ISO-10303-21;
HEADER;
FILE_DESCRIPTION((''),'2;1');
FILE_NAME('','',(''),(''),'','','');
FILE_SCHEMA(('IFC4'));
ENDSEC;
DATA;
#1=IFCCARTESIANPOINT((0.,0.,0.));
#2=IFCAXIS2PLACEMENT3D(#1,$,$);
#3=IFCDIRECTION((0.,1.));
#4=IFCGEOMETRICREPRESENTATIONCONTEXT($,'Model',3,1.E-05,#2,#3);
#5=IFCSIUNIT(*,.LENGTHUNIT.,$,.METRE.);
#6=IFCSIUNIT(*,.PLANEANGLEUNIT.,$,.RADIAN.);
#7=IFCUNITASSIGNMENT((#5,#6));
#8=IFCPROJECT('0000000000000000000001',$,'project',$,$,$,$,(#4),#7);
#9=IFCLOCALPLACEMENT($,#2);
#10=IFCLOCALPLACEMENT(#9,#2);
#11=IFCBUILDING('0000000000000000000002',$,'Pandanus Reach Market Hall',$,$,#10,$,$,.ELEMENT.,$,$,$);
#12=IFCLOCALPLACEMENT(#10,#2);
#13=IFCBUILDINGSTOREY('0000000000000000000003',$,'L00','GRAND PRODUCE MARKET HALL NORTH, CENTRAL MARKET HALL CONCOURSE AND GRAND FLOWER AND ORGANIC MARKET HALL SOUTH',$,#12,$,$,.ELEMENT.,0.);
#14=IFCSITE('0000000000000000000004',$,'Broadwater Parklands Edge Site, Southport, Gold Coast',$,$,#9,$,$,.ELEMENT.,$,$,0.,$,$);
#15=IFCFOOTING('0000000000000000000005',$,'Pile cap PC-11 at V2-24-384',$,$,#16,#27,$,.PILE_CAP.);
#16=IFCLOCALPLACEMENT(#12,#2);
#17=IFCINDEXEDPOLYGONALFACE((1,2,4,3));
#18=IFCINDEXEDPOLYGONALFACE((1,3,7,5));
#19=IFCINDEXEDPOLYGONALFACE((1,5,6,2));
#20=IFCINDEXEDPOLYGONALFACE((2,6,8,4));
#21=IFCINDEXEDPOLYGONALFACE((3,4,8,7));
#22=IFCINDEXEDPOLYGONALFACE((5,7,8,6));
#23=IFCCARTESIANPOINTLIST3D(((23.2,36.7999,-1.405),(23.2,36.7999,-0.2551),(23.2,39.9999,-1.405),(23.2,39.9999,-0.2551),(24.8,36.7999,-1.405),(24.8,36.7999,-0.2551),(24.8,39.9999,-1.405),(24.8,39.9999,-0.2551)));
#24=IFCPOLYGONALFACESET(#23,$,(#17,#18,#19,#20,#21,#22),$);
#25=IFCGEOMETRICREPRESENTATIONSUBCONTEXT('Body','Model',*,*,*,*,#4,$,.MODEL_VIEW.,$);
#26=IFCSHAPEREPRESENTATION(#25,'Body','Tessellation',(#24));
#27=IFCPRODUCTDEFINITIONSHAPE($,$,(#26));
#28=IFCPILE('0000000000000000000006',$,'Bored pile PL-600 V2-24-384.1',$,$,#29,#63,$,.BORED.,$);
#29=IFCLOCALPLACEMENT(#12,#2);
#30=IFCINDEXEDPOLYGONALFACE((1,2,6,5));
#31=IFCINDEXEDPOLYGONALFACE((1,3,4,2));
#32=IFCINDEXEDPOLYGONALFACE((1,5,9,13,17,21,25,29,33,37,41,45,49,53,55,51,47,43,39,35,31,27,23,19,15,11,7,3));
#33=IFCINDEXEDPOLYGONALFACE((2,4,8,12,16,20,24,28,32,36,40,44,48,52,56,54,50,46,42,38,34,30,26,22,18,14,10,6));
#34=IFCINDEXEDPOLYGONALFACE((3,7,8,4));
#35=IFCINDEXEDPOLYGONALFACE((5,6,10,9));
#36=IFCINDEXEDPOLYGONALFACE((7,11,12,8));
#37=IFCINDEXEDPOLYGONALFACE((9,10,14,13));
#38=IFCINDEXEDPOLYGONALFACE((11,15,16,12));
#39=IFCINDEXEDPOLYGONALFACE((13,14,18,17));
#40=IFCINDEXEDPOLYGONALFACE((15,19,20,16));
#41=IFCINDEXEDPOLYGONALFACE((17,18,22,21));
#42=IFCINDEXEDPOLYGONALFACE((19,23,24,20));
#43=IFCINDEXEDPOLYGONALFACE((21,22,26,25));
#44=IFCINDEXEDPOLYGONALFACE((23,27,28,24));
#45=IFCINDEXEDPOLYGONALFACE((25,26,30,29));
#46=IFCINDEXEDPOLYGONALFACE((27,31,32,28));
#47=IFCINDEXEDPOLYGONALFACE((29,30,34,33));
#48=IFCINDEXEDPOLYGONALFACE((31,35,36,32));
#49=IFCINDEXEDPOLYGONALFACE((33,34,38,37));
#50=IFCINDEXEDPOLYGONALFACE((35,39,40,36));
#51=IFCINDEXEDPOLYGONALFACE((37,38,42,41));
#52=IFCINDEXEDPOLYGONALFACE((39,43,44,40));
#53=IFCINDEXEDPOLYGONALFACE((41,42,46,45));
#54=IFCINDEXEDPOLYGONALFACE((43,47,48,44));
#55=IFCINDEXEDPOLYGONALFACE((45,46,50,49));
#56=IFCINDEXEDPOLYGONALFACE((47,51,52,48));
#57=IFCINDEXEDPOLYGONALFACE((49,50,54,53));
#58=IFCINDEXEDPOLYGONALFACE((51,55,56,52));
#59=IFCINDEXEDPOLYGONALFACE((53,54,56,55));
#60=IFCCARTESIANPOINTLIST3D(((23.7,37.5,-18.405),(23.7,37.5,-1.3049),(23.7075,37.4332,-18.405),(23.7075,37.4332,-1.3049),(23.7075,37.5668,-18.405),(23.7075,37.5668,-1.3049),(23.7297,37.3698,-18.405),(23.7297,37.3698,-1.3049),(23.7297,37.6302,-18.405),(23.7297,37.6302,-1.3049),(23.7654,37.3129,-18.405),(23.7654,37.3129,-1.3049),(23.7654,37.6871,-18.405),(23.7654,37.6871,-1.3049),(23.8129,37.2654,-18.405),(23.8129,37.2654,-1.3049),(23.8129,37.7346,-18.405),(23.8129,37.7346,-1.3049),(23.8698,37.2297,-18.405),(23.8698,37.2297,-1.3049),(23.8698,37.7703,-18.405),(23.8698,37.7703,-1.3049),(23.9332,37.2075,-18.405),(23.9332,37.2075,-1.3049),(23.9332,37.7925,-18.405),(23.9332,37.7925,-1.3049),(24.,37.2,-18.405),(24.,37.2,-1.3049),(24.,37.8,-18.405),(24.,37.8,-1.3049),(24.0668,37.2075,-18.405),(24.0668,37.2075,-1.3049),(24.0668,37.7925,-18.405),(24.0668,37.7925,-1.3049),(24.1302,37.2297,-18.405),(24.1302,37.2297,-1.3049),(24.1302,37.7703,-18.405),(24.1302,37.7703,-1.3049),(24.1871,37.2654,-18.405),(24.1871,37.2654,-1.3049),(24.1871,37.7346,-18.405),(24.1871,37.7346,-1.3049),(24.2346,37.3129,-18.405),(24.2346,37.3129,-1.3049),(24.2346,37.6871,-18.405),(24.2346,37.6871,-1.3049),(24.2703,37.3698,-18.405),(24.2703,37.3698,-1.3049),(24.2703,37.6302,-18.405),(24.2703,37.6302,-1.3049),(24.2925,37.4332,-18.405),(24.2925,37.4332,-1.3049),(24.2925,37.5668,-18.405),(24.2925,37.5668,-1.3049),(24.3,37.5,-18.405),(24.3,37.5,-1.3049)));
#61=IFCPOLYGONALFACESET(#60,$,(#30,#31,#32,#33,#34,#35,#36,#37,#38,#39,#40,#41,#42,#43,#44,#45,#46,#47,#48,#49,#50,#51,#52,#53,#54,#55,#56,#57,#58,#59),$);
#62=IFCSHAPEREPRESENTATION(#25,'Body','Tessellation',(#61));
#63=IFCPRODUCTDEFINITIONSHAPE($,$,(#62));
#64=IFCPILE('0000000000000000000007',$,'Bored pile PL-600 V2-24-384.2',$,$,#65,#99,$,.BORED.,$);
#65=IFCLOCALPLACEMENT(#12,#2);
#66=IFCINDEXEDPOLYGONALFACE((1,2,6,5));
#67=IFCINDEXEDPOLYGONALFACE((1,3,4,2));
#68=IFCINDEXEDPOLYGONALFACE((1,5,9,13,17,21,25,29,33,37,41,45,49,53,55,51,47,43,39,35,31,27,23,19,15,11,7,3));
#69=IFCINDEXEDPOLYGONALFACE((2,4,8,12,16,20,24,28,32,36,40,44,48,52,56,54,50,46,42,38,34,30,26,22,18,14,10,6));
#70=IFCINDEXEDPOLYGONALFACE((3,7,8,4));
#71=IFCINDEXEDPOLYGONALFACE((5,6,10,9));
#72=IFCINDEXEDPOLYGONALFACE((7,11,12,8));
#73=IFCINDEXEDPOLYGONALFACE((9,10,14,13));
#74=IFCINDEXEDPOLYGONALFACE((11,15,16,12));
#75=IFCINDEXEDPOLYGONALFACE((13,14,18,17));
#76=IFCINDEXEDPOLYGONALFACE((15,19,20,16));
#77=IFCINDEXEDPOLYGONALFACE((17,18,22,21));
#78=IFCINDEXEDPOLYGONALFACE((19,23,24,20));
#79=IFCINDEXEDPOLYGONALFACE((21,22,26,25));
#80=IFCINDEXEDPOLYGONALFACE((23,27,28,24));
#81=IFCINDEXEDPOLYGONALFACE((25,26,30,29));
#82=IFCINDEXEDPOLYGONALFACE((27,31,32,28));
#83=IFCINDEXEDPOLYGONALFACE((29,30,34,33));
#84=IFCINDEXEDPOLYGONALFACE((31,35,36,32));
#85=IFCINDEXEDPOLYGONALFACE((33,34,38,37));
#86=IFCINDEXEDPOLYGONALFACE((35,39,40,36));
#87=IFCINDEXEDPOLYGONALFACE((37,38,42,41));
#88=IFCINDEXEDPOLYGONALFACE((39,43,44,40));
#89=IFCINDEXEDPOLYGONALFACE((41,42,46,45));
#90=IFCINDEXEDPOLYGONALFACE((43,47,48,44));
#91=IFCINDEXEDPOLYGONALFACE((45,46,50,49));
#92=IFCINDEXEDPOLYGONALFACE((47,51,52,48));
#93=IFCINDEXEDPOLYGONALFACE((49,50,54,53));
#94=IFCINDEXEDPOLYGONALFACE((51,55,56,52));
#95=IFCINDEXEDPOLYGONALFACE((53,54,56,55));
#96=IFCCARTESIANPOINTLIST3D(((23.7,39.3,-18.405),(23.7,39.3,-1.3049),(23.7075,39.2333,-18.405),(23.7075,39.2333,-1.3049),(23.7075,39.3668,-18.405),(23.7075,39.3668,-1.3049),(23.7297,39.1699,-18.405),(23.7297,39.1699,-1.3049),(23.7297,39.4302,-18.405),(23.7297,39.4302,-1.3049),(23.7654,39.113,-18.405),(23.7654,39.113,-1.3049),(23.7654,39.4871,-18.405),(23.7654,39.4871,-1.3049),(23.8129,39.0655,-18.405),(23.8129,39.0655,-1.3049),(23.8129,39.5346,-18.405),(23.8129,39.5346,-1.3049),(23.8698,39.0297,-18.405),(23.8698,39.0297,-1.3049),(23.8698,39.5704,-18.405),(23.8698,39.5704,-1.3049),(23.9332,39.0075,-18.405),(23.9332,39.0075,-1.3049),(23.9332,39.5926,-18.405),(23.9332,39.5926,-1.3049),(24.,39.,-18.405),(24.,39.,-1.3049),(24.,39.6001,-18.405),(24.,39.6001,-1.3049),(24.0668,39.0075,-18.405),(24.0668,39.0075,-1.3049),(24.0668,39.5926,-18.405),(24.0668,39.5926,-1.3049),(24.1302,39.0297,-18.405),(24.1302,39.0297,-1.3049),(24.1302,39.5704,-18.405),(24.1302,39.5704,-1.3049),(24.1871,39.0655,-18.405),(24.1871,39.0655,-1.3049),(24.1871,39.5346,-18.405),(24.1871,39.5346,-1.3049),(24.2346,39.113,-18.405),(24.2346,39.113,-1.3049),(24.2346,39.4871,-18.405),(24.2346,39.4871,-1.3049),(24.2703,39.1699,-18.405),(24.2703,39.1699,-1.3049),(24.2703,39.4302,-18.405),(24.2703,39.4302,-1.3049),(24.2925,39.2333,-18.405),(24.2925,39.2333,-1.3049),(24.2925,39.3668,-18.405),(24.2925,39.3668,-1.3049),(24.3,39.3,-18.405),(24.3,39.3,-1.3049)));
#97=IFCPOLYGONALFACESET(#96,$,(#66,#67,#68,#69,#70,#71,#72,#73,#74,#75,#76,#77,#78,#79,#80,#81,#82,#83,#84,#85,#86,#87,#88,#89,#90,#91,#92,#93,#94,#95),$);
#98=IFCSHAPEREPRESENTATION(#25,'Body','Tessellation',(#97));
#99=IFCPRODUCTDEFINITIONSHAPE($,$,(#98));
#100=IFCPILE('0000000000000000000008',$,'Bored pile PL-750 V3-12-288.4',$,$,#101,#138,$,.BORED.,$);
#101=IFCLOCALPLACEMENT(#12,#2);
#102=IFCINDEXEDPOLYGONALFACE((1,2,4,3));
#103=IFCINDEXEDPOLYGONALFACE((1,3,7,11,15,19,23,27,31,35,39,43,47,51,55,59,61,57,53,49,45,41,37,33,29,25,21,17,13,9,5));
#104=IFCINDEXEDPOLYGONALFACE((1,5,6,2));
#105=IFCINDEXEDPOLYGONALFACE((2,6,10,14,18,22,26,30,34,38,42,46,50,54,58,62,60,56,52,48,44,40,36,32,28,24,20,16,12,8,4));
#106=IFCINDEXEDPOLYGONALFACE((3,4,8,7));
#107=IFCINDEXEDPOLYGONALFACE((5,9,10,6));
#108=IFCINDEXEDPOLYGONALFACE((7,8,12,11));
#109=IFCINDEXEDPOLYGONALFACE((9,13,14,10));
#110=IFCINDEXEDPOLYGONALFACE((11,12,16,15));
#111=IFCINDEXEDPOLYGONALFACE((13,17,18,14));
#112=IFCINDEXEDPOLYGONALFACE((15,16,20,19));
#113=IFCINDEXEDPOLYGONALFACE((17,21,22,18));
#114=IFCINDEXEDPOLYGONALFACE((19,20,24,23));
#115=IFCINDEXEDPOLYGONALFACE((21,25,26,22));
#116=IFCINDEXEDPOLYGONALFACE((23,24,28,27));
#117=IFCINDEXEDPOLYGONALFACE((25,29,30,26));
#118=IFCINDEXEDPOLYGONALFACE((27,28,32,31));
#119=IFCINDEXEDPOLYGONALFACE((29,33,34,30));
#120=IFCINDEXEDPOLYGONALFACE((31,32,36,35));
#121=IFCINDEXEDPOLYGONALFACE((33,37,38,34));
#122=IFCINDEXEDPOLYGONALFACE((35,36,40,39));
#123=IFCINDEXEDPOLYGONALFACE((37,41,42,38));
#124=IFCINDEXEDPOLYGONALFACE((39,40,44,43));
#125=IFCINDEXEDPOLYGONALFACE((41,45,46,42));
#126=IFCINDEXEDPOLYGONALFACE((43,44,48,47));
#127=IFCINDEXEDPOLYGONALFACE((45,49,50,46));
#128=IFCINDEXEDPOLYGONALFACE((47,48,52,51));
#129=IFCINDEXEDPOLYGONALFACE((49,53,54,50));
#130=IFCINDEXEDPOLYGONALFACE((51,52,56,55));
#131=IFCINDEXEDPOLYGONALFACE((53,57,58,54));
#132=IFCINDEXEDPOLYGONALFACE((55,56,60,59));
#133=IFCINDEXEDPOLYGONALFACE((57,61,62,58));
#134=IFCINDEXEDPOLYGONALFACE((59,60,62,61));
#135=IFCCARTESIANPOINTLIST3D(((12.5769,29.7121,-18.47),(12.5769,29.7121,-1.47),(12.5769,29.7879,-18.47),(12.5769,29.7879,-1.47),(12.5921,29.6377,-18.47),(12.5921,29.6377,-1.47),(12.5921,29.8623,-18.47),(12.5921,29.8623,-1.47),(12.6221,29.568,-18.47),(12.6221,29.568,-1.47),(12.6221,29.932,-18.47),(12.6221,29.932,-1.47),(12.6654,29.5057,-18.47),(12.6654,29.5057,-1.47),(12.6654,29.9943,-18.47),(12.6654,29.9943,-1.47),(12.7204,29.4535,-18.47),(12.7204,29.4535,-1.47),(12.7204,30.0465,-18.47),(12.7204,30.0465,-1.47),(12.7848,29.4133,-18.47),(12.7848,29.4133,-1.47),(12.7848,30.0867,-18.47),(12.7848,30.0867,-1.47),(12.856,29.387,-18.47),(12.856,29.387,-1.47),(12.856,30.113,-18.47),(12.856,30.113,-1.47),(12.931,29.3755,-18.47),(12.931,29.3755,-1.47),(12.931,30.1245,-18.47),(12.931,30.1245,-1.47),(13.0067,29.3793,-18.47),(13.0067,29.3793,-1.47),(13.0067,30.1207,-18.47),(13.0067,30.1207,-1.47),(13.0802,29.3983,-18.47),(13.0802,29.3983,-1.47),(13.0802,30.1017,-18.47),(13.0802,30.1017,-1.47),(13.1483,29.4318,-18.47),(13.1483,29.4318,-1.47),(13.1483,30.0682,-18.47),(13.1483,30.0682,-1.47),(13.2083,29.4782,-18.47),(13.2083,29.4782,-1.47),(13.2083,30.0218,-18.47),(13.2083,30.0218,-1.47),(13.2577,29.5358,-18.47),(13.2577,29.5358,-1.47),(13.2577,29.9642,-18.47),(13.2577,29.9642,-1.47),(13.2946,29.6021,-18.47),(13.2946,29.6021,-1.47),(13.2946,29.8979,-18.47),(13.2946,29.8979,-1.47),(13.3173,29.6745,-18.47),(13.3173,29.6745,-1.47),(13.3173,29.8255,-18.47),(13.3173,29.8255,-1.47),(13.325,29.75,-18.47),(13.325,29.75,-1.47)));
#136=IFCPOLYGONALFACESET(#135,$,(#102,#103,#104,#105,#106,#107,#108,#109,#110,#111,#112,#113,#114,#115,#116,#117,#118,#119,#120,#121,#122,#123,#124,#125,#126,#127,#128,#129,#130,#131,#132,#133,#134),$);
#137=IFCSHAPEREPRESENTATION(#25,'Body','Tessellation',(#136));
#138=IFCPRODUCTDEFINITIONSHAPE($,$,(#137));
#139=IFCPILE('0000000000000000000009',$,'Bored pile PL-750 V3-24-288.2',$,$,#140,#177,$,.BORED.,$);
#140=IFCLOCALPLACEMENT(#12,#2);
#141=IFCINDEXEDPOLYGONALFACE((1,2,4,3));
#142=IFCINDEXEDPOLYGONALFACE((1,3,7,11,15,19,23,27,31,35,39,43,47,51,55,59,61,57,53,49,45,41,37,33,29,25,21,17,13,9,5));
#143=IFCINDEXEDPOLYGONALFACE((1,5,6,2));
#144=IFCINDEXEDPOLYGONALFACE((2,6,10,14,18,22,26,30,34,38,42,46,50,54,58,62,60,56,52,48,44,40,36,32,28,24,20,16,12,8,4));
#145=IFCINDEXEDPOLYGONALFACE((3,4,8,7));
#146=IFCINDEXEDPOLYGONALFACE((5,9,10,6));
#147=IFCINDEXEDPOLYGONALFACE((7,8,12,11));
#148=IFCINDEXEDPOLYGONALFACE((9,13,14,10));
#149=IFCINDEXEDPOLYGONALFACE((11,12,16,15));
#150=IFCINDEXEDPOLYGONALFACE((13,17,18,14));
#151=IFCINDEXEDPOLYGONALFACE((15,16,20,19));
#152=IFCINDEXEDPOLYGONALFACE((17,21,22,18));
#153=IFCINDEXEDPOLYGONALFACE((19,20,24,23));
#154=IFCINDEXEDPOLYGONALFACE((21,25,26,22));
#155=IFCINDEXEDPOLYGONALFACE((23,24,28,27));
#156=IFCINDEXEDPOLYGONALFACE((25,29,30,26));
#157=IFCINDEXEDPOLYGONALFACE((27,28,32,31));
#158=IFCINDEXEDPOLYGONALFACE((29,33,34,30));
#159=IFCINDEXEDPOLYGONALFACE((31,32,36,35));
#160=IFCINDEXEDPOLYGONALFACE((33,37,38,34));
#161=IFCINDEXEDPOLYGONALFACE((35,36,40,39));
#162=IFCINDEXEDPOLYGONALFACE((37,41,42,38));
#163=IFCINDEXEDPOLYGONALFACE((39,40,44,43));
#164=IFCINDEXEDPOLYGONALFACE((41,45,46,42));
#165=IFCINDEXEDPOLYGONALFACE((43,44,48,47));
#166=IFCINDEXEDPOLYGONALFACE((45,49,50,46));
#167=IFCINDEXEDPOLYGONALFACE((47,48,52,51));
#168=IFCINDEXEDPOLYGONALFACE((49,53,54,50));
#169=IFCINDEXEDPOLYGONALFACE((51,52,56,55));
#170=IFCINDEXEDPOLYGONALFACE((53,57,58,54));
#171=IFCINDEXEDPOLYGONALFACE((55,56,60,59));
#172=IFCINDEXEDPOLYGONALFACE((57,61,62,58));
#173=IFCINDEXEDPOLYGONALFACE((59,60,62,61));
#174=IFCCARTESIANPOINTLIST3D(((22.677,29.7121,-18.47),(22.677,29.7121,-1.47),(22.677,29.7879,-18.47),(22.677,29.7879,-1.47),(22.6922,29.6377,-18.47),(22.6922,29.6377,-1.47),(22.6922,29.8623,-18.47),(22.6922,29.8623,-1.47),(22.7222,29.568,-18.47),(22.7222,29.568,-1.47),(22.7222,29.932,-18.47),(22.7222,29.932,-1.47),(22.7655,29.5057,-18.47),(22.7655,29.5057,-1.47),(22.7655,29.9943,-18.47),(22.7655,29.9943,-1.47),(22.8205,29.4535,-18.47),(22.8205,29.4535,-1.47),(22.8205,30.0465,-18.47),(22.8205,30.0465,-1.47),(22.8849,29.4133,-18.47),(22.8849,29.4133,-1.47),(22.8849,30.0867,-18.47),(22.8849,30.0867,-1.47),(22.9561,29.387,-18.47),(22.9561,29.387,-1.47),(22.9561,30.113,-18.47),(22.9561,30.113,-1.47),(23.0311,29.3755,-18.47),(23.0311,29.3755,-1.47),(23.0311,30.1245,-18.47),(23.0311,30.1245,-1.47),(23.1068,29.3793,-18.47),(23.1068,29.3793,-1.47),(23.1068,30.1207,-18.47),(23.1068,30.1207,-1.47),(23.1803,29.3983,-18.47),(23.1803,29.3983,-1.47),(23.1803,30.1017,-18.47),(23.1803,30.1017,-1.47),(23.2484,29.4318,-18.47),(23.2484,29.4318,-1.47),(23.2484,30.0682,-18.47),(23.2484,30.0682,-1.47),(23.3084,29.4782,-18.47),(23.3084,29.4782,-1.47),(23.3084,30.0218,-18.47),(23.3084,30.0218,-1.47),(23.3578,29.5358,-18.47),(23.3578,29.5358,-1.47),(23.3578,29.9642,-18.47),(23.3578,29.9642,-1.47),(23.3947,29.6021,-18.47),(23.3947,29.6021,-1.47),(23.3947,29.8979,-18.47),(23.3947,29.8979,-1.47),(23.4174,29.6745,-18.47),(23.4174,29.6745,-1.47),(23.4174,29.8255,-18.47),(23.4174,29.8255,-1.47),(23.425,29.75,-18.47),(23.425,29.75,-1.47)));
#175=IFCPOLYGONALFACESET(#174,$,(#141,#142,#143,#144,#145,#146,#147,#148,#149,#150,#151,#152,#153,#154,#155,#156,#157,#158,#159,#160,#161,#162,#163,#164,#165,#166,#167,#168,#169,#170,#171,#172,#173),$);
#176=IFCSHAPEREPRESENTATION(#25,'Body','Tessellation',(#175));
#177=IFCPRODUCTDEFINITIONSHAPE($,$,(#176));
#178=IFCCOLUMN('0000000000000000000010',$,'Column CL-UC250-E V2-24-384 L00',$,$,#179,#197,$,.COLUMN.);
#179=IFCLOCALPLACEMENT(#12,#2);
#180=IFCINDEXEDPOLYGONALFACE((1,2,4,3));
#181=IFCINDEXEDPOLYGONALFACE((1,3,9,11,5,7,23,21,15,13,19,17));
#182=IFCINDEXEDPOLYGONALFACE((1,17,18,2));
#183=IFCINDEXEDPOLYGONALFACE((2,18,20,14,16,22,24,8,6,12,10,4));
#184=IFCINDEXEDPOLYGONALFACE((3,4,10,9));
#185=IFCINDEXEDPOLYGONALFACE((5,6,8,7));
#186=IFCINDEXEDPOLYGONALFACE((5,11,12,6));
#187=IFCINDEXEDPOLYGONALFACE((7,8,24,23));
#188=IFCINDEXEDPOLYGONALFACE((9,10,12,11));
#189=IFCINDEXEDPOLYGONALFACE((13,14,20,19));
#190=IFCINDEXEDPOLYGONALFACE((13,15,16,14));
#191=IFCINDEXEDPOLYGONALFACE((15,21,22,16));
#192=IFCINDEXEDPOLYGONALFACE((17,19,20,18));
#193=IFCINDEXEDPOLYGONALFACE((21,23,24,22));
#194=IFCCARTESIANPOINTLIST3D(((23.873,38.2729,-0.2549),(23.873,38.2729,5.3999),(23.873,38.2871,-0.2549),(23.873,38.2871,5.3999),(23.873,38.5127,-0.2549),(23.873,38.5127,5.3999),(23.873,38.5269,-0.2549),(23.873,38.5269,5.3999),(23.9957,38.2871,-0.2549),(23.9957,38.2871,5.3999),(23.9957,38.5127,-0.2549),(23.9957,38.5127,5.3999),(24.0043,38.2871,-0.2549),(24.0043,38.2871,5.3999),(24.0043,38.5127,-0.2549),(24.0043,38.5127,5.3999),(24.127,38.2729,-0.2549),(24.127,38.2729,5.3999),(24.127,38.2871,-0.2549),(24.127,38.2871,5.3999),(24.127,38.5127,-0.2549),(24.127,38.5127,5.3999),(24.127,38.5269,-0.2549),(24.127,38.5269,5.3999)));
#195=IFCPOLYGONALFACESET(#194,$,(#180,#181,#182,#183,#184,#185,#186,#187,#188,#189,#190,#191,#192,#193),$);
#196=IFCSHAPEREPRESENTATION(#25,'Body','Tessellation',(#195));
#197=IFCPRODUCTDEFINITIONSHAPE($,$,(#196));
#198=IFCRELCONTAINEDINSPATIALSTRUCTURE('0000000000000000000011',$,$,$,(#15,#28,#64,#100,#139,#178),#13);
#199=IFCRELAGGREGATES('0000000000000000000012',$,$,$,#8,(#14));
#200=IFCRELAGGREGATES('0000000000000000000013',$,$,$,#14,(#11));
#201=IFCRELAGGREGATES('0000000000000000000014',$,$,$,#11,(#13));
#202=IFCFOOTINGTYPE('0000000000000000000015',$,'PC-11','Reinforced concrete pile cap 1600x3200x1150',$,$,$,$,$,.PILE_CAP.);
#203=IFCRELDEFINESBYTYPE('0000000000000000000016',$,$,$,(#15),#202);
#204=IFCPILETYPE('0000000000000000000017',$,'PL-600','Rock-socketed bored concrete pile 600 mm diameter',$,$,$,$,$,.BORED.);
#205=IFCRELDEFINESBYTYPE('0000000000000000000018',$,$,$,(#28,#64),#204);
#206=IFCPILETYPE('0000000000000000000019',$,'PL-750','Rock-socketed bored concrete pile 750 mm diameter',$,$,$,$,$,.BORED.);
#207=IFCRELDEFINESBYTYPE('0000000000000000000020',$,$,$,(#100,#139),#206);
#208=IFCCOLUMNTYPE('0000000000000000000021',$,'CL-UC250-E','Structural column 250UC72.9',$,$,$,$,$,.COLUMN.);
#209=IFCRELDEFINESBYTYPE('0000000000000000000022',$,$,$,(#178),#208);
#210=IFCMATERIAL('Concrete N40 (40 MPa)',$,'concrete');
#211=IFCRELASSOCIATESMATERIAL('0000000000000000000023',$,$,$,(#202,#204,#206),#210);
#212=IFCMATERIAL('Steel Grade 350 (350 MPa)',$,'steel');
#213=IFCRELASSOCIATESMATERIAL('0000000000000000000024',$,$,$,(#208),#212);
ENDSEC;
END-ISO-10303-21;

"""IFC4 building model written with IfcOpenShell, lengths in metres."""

from ifc_helpers import new_model, si_unit, direction, frame, origin, origin_2d, place, context, subcontext, project, spatial, rectangle, circle, i_section, extrude, material, material_profile, profile_set, type_object, element, save


model = new_model("IFC4")

# Units and contexts
model_context = context("Model", 3, precision=1e-05, world=origin(), true_north=direction((0.0, 1.0)))
body_context = subcontext(model_context, "Body", "Model", "MODEL_VIEW")
ifc_project = project(units=[si_unit("LENGTHUNIT", "METRE"), si_unit("PLANEANGLEUNIT", "RADIAN")], contexts=[model_context])

# Site, building, storey
site_placement = place(None, origin())
site = spatial("IfcSite", under=ifc_project, at=site_placement, Name="Broadwater Parklands Edge Site, Southport, Gold Coast", CompositionType="ELEMENT", RefElevation=0.0)
building_placement = place(site_placement, origin())
building = spatial("IfcBuilding", under=site, at=building_placement, Name="Pandanus Reach Market Hall", CompositionType="ELEMENT")
storey_placement = place(building_placement, origin())
storey = spatial("IfcBuildingStorey", under=building, at=storey_placement, Name="L00", Description="GRAND PRODUCE MARKET HALL NORTH, CENTRAL MARKET HALL CONCOURSE AND GRAND FLOWER AND ORGANIC MARKET HALL SOUTH", CompositionType="ELEMENT", Elevation=0.0)

# Footing
ifc_material_1 = material(Name="Concrete N40 (40 MPa)", Category="concrete")
footing_type = type_object("IfcFootingType", Name="PC-11", Description="Reinforced concrete pile cap 1600x3200x1150", PredefinedType="PILE_CAP", material=ifc_material_1)
footing_placement = place(storey_placement, frame((24.0, 38.3999, -1.405), z_axis=(0.0, 0.0, 1.0), x_axis=(1.0, 0.0, 0.0)))
element("IfcFooting", 1, at=footing_placement, inside=storey, type_object=footing_type, Name="Pile cap PC-11 at V2-24-384", PredefinedType="PILE_CAP", context=body_context, shape_type="SweptSolid", body=[
    extrude(rectangle(XDim=1.6001, YDim=3.2, at=origin_2d()), origin(), (0.0, 0.0, 1.0), 1.1499),
])

# Piles
ifc_material_profile_1 = material_profile(ifc_material_1, circle(Radius=0.3, at=origin_2d()), Name="PILE-600D", Category="LoadBearing")
ifc_profile_set_1 = profile_set([ifc_material_profile_1], Name="Concrete N40 (40 MPa)")
pile_type_1 = type_object("IfcPileType", Name="PL-600", Description="Rock-socketed bored concrete pile 600 mm diameter", PredefinedType="BORED", material=ifc_profile_set_1)
for number, where, z_axis, x_axis, name in (
    (2, (24.0, 37.5, -1.3049), (0.0, 0.0, -1.0), (1.0, 0.0, 0.0), "Bored pile PL-600 V2-24-384.1"),
    (3, (24.0, 39.3, -1.3049), (0.0, 0.0, -1.0), (1.0, 0.0, 0.0), "Bored pile PL-600 V2-24-384.2"),
):
    element("IfcPile", number, at=place(storey_placement, frame(where, z_axis=z_axis, x_axis=x_axis)), inside=storey, type_object=pile_type_1, Name=name, PredefinedType="BORED", context=body_context, shape_type="SweptSolid", body=[
        extrude(circle(Radius=0.3, at=origin_2d()), origin(), (0.0, 0.0, 1.0), 17.1001),
    ])
ifc_material_profile_2 = material_profile(ifc_material_1, circle(Radius=0.375, at=origin_2d()), Name="PILE-750D", Category="LoadBearing")
ifc_profile_set_2 = profile_set([ifc_material_profile_2], Name="Concrete N40 (40 MPa)")
pile_type_2 = type_object("IfcPileType", Name="PL-750", Description="Rock-socketed bored concrete pile 750 mm diameter", PredefinedType="BORED", material=ifc_profile_set_2)
for number, where, z_axis, x_axis, name in (
    (4, (12.95, 29.75, -1.47), (0.0, 0.0, -1.0), (1.0, 0.0, 0.0), "Bored pile PL-750 V3-12-288.4"),
    (5, (23.05, 29.75, -1.47), (0.0, 0.0, -1.0), (1.0, 0.0, 0.0), "Bored pile PL-750 V3-24-288.2"),
):
    element("IfcPile", number, at=place(storey_placement, frame(where, z_axis=z_axis, x_axis=x_axis)), inside=storey, type_object=pile_type_2, Name=name, PredefinedType="BORED", context=body_context, shape_type="SweptSolid", body=[
        extrude(circle(Radius=0.375, at=origin_2d()), origin(), (0.0, 0.0, 1.0), 17.0),
    ])

# Column
ifc_material_2 = material(Name="Steel Grade 350 (350 MPa)", Category="steel")
ifc_material_profile_3 = material_profile(ifc_material_2, i_section(OverallWidth=0.2539, OverallDepth=0.2539, WebThickness=0.0085, FlangeThickness=0.0142, at=origin_2d()), Name="250UC72.9", Category="LoadBearing")
ifc_profile_set_3 = profile_set([ifc_material_profile_3], Name="Steel Grade 350 (350 MPa)")
column_type = type_object("IfcColumnType", Name="CL-UC250-E", Description="Structural column 250UC72.9", PredefinedType="COLUMN", material=ifc_profile_set_3)
column_placement = place(storey_placement, frame((24.0, 38.3999, -0.2549), z_axis=(0.0, 0.0, 1.0), x_axis=(1.0, 0.0, 0.0)))
element("IfcColumn", 6, at=column_placement, inside=storey, type_object=column_type, Name="Column CL-UC250-E V2-24-384 L00", PredefinedType="COLUMN", context=body_context, shape_type="SweptSolid", body=[
    extrude(i_section(OverallWidth=0.2539, OverallDepth=0.2539, WebThickness=0.0085, FlangeThickness=0.0142, at=origin_2d()), origin(), (0.0, 0.0, 1.0), 5.6548),
])

save(model, "model.ifc")
